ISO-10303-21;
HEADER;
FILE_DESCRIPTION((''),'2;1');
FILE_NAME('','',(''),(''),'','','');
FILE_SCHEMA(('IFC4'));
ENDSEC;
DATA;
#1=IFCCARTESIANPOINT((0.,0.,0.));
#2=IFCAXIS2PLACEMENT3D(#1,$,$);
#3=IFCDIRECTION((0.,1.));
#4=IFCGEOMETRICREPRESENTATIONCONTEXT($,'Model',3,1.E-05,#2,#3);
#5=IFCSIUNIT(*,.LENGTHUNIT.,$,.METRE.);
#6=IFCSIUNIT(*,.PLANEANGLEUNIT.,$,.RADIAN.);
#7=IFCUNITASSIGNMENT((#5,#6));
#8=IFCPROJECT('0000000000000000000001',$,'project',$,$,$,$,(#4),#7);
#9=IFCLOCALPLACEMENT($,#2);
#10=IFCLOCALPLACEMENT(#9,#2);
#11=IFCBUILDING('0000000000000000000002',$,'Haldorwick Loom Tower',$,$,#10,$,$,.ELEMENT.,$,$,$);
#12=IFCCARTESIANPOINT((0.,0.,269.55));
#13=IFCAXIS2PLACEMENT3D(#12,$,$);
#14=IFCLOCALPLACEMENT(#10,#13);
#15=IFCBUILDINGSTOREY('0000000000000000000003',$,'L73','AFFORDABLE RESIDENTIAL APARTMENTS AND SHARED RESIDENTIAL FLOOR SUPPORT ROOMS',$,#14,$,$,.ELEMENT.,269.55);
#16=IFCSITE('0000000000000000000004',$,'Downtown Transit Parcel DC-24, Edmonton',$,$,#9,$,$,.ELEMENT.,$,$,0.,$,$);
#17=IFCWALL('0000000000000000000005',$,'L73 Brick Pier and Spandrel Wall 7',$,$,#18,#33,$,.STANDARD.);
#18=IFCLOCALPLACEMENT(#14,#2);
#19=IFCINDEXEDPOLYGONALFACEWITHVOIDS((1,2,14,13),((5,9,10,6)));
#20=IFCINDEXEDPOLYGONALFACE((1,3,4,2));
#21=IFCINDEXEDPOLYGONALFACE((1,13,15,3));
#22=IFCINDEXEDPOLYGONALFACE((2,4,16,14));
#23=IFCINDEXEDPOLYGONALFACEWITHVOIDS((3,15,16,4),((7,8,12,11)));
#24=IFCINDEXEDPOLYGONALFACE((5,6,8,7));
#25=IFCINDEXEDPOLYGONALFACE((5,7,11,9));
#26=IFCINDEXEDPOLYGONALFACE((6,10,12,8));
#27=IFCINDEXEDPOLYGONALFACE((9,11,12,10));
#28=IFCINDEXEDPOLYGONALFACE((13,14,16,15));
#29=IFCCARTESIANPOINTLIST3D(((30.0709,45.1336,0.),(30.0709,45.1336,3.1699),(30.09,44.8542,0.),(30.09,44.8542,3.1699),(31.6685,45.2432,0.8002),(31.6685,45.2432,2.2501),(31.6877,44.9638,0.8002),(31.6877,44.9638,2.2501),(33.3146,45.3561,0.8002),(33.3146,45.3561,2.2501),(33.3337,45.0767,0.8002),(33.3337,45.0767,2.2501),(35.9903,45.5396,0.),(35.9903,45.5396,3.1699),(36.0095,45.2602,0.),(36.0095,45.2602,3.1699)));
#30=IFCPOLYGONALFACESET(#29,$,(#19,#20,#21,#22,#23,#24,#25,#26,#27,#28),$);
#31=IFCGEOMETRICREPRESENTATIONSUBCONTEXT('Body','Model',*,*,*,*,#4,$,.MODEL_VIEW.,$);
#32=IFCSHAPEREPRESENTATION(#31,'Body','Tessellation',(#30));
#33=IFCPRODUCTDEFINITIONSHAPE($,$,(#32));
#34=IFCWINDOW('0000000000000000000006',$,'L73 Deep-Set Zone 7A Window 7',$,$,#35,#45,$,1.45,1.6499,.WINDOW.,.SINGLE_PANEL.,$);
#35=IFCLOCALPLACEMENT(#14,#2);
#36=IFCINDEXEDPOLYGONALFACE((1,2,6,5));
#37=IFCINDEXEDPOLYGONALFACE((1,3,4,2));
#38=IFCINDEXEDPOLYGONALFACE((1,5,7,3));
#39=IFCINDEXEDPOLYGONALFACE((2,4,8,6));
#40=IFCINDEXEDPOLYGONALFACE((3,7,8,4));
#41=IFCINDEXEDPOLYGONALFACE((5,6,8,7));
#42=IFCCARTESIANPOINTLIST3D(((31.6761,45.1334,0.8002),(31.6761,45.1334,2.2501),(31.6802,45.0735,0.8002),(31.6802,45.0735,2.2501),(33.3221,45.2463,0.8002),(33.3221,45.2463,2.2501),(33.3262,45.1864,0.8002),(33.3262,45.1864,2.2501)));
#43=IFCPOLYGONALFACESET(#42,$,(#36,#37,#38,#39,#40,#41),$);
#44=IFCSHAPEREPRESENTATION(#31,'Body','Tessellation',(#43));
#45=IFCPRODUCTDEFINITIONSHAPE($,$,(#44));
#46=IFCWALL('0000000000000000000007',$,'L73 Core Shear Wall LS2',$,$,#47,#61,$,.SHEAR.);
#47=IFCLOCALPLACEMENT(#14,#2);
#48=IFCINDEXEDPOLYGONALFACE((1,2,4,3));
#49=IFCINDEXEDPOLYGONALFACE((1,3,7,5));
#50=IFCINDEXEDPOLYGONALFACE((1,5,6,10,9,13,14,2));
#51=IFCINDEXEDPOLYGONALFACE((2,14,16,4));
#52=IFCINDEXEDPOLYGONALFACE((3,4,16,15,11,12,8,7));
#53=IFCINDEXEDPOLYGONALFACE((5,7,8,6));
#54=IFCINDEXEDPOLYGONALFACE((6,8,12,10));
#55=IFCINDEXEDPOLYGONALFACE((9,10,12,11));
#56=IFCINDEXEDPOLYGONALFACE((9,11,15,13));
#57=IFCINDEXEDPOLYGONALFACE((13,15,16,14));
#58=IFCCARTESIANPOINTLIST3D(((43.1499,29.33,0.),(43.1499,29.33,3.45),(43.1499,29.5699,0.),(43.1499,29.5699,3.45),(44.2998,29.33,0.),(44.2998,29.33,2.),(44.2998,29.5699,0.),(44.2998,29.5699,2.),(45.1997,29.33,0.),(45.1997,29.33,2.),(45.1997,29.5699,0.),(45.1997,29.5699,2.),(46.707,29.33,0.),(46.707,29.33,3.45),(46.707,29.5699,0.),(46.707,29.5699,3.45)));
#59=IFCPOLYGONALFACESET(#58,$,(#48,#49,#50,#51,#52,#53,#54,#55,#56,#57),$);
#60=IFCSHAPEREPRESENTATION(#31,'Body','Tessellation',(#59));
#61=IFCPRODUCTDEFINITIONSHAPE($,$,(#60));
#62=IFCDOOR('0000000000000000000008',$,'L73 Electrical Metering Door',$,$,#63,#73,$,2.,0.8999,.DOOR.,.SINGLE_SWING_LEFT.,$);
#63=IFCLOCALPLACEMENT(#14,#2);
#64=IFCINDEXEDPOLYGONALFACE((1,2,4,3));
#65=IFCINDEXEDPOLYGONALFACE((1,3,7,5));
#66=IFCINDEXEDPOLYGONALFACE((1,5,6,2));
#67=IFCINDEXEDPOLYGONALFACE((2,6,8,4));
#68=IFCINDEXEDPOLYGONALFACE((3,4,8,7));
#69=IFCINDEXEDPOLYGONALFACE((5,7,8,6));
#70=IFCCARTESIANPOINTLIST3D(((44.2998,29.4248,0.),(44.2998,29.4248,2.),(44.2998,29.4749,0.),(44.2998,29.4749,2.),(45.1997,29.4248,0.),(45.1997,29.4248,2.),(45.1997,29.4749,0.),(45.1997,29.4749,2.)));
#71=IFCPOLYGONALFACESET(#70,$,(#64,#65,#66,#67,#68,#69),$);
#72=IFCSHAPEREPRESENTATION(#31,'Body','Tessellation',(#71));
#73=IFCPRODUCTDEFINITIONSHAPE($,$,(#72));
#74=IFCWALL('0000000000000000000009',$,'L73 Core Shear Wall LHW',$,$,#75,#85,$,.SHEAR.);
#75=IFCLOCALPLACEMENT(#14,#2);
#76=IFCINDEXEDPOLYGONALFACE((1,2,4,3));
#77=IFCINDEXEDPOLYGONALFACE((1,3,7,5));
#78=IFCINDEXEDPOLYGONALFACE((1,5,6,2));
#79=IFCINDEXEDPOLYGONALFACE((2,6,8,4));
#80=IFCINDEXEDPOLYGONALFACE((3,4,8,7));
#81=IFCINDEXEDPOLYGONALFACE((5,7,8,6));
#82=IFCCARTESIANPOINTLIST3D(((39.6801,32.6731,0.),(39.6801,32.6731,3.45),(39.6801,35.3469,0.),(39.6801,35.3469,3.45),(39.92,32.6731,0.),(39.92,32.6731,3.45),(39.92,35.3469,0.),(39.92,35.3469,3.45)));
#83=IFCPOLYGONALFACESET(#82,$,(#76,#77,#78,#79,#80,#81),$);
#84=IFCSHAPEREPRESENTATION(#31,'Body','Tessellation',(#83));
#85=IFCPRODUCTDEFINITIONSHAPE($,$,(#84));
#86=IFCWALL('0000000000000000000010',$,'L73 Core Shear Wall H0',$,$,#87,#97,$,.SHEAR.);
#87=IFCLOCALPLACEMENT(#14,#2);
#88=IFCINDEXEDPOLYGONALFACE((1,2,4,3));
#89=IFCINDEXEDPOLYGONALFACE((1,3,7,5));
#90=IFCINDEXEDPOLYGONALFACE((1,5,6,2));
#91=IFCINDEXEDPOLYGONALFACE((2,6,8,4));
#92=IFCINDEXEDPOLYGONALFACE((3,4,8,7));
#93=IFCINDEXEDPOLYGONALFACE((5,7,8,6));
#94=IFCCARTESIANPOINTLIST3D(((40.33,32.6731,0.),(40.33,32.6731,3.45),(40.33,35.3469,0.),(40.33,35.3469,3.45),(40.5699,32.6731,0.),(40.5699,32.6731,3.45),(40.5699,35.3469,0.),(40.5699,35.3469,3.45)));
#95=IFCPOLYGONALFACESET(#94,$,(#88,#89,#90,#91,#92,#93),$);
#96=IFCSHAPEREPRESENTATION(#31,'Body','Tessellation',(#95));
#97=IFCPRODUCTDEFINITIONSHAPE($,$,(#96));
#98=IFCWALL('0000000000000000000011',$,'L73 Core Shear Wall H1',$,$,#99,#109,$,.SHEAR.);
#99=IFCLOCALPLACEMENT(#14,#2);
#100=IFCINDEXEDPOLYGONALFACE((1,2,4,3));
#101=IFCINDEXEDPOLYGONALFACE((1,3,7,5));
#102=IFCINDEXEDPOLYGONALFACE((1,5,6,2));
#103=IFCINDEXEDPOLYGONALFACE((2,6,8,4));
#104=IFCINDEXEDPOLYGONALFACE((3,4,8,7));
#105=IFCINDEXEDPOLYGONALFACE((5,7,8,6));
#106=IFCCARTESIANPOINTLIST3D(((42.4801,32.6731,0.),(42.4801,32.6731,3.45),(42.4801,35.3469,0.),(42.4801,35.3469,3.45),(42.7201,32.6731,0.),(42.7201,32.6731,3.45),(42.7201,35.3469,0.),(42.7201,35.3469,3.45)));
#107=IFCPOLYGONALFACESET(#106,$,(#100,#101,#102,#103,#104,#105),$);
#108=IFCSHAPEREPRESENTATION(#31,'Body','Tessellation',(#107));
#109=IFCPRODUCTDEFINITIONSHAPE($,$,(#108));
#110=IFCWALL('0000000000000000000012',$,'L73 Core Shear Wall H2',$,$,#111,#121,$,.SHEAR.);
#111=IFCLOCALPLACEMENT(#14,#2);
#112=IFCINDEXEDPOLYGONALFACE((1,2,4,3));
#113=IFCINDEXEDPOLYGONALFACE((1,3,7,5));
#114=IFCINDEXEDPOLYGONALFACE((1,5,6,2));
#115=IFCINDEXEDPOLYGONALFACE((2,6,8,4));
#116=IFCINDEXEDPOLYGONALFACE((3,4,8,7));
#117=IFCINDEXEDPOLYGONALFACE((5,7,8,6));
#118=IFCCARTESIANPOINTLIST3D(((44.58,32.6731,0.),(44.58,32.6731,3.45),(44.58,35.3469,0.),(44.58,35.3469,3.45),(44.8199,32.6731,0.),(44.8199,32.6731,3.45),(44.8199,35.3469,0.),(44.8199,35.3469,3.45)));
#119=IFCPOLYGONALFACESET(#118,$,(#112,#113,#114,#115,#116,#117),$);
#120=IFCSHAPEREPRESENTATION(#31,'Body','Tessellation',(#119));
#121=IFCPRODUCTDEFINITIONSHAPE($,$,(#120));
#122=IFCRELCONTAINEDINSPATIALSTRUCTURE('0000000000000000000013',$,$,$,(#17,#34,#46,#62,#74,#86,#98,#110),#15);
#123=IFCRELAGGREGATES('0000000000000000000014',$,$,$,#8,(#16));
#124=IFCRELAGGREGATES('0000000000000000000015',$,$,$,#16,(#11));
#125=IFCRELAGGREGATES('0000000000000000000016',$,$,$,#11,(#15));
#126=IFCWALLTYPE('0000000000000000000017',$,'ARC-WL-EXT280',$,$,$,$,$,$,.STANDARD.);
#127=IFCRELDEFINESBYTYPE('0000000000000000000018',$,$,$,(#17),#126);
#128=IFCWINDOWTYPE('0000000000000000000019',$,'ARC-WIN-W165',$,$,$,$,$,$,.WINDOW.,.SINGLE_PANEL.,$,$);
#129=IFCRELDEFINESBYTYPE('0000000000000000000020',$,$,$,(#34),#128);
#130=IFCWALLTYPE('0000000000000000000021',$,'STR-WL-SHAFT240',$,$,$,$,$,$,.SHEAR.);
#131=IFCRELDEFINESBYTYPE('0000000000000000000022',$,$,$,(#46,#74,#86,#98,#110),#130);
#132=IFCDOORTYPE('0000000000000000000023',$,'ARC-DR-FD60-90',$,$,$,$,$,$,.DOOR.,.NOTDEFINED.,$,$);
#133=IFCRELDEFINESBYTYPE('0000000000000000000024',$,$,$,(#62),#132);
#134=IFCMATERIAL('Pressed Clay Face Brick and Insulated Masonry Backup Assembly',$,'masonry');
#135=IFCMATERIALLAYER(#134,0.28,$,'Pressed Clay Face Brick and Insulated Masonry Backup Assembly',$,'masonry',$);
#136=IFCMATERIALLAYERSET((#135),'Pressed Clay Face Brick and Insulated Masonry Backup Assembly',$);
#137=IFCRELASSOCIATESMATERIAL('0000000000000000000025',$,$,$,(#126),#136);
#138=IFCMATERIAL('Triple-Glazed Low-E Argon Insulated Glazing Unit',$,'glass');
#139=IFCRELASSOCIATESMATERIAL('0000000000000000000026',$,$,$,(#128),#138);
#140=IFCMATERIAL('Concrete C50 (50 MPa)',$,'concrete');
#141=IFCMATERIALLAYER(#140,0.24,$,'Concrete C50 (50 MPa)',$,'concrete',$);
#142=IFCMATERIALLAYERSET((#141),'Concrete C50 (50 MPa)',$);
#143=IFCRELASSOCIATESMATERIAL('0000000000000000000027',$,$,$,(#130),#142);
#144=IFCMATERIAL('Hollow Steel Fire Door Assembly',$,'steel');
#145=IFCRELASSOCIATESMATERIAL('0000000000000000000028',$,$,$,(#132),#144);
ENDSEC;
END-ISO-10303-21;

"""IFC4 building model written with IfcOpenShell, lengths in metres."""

from ifc_helpers import new_model, si_unit, direction, frame, frame_2d, origin, place, context, subcontext, project, spatial, rectangle, extrude, material, layer, layer_set, type_object, element, fill, save


model = new_model("IFC4")

# Units and contexts
model_context = context("Model", 3, precision=1e-05, world=origin(), true_north=direction((0.0, 1.0)))
body_context = subcontext(model_context, "Body", "Model", "MODEL_VIEW")
ifc_project = project(units=[si_unit("LENGTHUNIT", "METRE"), si_unit("PLANEANGLEUNIT", "RADIAN")], contexts=[model_context])

# Site, building, storey
site_placement = place(None, origin())
site = spatial("IfcSite", under=ifc_project, at=site_placement, Name="Downtown Transit Parcel DC-24, Edmonton", CompositionType="ELEMENT", RefElevation=0.0)
building_placement = place(site_placement, origin())
building = spatial("IfcBuilding", under=site, at=building_placement, Name="Haldorwick Loom Tower", CompositionType="ELEMENT")
storey_placement = place(building_placement, frame((0.0, 0.0, 269.55)))
storey = spatial("IfcBuildingStorey", under=building, at=storey_placement, Name="L73", Description="AFFORDABLE RESIDENTIAL APARTMENTS AND SHARED RESIDENTIAL FLOOR SUPPORT ROOMS", CompositionType="ELEMENT", Elevation=269.55)

# Shared definitions
ifc_material_1 = material(Name="Concrete C50 (50 MPa)", Category="concrete")

# Wall, opening, window
ifc_material_2 = material(Name="Pressed Clay Face Brick and Insulated Masonry Backup Assembly", Category="masonry")
ifc_layer_1 = layer(ifc_material_2, 0.28, Name="Pressed Clay Face Brick and Insulated Masonry Backup Assembly", Category="masonry")
ifc_layer_set_1 = layer_set([ifc_layer_1], Name="Pressed Clay Face Brick and Insulated Masonry Backup Assembly")
wall_type_1 = type_object("IfcWallType", Name="ARC-WL-EXT280", PredefinedType="STANDARD", material=ifc_layer_set_1)
ifc_material_3 = material(Name="Triple-Glazed Low-E Argon Insulated Glazing Unit", Category="glass")
window_type = type_object("IfcWindowType", Name="ARC-WIN-W165", PartitioningType="SINGLE_PANEL", PredefinedType="WINDOW", material=ifc_material_3)
wall_1_placement = place(storey_placement, frame((36.0, 45.3999, 0.0), z_axis=(0.0, 0.0, 1.0), x_axis=(-0.997656, -0.068428, 0.0)))
wall_1 = element("IfcWall", 1, at=wall_1_placement, inside=storey, type_object=wall_type_1, Name="L73 Brick Pier and Spandrel Wall 7", PredefinedType="STANDARD", context=body_context, shape_type="SweptSolid", body=[
    extrude(rectangle(XDim=5.9333, YDim=0.28, at=frame_2d((2.9668, 0.0))), origin(), (0.0, 0.0, 1.0), 3.1699),
])
opening_1_placement = place(wall_1_placement, frame((2.6821, 0.0, 0.8)))
opening_1 = element("IfcOpeningElement", 2, at=opening_1_placement, cuts=wall_1, PredefinedType="OPENING", context=body_context, shape_type="SweptSolid", body=[
    extrude(rectangle(XDim=1.6499, YDim=1.45, at=frame_2d((0.825, 0.7251))), frame((0.0, 0.1499, 0.0), z_axis=(0.0, -1.0, 0.0), x_axis=(1.0, 0.0, 0.0)), (0.0, 0.0, 1.0), 0.3),
])
window_1_placement = place(opening_1_placement, origin())
window_1 = element("IfcWindow", 3, at=window_1_placement, inside=storey, type_object=window_type, Name="L73 Deep-Set Zone 7A Window 7", OverallHeight=1.45, OverallWidth=1.6499, PartitioningType="SINGLE_PANEL", PredefinedType="WINDOW", context=body_context, shape_type="SweptSolid", body=[
    extrude(rectangle(XDim=1.6499, YDim=1.45, at=frame_2d((0.825, 0.7251))), frame((0.0, 0.03, 0.0), z_axis=(0.0, -1.0, 0.0), x_axis=(1.0, 0.0, 0.0)), (0.0, 0.0, 1.0), 0.0601),
])
fill(opening_1, window_1)

# Wall, opening, door
ifc_layer_2 = layer(ifc_material_1, 0.24, Name="Concrete C50 (50 MPa)", Category="concrete")
ifc_layer_set_2 = layer_set([ifc_layer_2], Name="Concrete C50 (50 MPa)")
wall_type_2 = type_object("IfcWallType", Name="STR-WL-SHAFT240", PredefinedType="SHEAR", material=ifc_layer_set_2)
wall_2_placement = place(storey_placement, frame((43.1499, 29.45, 0.0), z_axis=(0.0, 0.0, 1.0), x_axis=(1.0, 0.0, 0.0)))
wall_2 = element("IfcWall", 4, at=wall_2_placement, inside=storey, type_object=wall_type_2, Name="L73 Core Shear Wall LS2", PredefinedType="SHEAR", context=body_context, shape_type="SweptSolid", body=[
    extrude(rectangle(XDim=3.5571, YDim=0.24, at=frame_2d((1.7786, 0.0))), origin(), (0.0, 0.0, 1.0), 3.45),
])
opening_2_placement = place(wall_2_placement, frame((1.1499, 0.0, 0.0)))
opening_2 = element("IfcOpeningElement", 5, at=opening_2_placement, cuts=wall_2, PredefinedType="OPENING", context=body_context, shape_type="SweptSolid", body=[
    extrude(rectangle(XDim=0.8999, YDim=2.0, at=frame_2d((0.45, 1.0))), frame((0.0, 0.1299, 0.0), z_axis=(0.0, -1.0, 0.0), x_axis=(1.0, 0.0, 0.0)), (0.0, 0.0, 1.0), 0.26),
])
ifc_material_4 = material(Name="Hollow Steel Fire Door Assembly", Category="steel")
door_type = type_object("IfcDoorType", Name="ARC-DR-FD60-90", OperationType="NOTDEFINED", PredefinedType="DOOR", material=ifc_material_4)
door_placement = place(opening_2_placement, origin())
door = element("IfcDoor", 6, at=door_placement, inside=storey, type_object=door_type, Name="L73 Electrical Metering Door", OperationType="SINGLE_SWING_LEFT", OverallHeight=2.0, OverallWidth=0.8999, PredefinedType="DOOR", context=body_context, shape_type="SweptSolid", body=[
    extrude(rectangle(XDim=0.8999, YDim=2.0, at=frame_2d((0.45, 1.0))), frame((0.0, 0.0249, 0.0), z_axis=(0.0, -1.0, 0.0), x_axis=(1.0, 0.0, 0.0)), (0.0, 0.0, 1.0), 0.05),
])
fill(opening_2, door)

# Walls
for number, where, z_axis, x_axis, name in (
    (7, (39.8, 32.6731, 0.0), (0.0, 0.0, 1.0), (0.0, 1.0, 0.0), "L73 Core Shear Wall LHW"),
    (8, (40.45, 32.6731, 0.0), (0.0, 0.0, 1.0), (0.0, 1.0, 0.0), "L73 Core Shear Wall H0"),
    (9, (42.6001, 32.6731, 0.0), (0.0, 0.0, 1.0), (0.0, 1.0, 0.0), "L73 Core Shear Wall H1"),
    (10, (44.7, 32.6731, 0.0), (0.0, 0.0, 1.0), (0.0, 1.0, 0.0), "L73 Core Shear Wall H2"),
):
    element("IfcWall", number, at=place(storey_placement, frame(where, z_axis=z_axis, x_axis=x_axis)), inside=storey, type_object=wall_type_2, Name=name, PredefinedType="SHEAR", context=body_context, shape_type="SweptSolid", body=[
        extrude(rectangle(XDim=2.6738, YDim=0.24, at=frame_2d((1.3369, 0.0))), origin(), (0.0, 0.0, 1.0), 3.45),
    ])

save(model, "model.ifc")
